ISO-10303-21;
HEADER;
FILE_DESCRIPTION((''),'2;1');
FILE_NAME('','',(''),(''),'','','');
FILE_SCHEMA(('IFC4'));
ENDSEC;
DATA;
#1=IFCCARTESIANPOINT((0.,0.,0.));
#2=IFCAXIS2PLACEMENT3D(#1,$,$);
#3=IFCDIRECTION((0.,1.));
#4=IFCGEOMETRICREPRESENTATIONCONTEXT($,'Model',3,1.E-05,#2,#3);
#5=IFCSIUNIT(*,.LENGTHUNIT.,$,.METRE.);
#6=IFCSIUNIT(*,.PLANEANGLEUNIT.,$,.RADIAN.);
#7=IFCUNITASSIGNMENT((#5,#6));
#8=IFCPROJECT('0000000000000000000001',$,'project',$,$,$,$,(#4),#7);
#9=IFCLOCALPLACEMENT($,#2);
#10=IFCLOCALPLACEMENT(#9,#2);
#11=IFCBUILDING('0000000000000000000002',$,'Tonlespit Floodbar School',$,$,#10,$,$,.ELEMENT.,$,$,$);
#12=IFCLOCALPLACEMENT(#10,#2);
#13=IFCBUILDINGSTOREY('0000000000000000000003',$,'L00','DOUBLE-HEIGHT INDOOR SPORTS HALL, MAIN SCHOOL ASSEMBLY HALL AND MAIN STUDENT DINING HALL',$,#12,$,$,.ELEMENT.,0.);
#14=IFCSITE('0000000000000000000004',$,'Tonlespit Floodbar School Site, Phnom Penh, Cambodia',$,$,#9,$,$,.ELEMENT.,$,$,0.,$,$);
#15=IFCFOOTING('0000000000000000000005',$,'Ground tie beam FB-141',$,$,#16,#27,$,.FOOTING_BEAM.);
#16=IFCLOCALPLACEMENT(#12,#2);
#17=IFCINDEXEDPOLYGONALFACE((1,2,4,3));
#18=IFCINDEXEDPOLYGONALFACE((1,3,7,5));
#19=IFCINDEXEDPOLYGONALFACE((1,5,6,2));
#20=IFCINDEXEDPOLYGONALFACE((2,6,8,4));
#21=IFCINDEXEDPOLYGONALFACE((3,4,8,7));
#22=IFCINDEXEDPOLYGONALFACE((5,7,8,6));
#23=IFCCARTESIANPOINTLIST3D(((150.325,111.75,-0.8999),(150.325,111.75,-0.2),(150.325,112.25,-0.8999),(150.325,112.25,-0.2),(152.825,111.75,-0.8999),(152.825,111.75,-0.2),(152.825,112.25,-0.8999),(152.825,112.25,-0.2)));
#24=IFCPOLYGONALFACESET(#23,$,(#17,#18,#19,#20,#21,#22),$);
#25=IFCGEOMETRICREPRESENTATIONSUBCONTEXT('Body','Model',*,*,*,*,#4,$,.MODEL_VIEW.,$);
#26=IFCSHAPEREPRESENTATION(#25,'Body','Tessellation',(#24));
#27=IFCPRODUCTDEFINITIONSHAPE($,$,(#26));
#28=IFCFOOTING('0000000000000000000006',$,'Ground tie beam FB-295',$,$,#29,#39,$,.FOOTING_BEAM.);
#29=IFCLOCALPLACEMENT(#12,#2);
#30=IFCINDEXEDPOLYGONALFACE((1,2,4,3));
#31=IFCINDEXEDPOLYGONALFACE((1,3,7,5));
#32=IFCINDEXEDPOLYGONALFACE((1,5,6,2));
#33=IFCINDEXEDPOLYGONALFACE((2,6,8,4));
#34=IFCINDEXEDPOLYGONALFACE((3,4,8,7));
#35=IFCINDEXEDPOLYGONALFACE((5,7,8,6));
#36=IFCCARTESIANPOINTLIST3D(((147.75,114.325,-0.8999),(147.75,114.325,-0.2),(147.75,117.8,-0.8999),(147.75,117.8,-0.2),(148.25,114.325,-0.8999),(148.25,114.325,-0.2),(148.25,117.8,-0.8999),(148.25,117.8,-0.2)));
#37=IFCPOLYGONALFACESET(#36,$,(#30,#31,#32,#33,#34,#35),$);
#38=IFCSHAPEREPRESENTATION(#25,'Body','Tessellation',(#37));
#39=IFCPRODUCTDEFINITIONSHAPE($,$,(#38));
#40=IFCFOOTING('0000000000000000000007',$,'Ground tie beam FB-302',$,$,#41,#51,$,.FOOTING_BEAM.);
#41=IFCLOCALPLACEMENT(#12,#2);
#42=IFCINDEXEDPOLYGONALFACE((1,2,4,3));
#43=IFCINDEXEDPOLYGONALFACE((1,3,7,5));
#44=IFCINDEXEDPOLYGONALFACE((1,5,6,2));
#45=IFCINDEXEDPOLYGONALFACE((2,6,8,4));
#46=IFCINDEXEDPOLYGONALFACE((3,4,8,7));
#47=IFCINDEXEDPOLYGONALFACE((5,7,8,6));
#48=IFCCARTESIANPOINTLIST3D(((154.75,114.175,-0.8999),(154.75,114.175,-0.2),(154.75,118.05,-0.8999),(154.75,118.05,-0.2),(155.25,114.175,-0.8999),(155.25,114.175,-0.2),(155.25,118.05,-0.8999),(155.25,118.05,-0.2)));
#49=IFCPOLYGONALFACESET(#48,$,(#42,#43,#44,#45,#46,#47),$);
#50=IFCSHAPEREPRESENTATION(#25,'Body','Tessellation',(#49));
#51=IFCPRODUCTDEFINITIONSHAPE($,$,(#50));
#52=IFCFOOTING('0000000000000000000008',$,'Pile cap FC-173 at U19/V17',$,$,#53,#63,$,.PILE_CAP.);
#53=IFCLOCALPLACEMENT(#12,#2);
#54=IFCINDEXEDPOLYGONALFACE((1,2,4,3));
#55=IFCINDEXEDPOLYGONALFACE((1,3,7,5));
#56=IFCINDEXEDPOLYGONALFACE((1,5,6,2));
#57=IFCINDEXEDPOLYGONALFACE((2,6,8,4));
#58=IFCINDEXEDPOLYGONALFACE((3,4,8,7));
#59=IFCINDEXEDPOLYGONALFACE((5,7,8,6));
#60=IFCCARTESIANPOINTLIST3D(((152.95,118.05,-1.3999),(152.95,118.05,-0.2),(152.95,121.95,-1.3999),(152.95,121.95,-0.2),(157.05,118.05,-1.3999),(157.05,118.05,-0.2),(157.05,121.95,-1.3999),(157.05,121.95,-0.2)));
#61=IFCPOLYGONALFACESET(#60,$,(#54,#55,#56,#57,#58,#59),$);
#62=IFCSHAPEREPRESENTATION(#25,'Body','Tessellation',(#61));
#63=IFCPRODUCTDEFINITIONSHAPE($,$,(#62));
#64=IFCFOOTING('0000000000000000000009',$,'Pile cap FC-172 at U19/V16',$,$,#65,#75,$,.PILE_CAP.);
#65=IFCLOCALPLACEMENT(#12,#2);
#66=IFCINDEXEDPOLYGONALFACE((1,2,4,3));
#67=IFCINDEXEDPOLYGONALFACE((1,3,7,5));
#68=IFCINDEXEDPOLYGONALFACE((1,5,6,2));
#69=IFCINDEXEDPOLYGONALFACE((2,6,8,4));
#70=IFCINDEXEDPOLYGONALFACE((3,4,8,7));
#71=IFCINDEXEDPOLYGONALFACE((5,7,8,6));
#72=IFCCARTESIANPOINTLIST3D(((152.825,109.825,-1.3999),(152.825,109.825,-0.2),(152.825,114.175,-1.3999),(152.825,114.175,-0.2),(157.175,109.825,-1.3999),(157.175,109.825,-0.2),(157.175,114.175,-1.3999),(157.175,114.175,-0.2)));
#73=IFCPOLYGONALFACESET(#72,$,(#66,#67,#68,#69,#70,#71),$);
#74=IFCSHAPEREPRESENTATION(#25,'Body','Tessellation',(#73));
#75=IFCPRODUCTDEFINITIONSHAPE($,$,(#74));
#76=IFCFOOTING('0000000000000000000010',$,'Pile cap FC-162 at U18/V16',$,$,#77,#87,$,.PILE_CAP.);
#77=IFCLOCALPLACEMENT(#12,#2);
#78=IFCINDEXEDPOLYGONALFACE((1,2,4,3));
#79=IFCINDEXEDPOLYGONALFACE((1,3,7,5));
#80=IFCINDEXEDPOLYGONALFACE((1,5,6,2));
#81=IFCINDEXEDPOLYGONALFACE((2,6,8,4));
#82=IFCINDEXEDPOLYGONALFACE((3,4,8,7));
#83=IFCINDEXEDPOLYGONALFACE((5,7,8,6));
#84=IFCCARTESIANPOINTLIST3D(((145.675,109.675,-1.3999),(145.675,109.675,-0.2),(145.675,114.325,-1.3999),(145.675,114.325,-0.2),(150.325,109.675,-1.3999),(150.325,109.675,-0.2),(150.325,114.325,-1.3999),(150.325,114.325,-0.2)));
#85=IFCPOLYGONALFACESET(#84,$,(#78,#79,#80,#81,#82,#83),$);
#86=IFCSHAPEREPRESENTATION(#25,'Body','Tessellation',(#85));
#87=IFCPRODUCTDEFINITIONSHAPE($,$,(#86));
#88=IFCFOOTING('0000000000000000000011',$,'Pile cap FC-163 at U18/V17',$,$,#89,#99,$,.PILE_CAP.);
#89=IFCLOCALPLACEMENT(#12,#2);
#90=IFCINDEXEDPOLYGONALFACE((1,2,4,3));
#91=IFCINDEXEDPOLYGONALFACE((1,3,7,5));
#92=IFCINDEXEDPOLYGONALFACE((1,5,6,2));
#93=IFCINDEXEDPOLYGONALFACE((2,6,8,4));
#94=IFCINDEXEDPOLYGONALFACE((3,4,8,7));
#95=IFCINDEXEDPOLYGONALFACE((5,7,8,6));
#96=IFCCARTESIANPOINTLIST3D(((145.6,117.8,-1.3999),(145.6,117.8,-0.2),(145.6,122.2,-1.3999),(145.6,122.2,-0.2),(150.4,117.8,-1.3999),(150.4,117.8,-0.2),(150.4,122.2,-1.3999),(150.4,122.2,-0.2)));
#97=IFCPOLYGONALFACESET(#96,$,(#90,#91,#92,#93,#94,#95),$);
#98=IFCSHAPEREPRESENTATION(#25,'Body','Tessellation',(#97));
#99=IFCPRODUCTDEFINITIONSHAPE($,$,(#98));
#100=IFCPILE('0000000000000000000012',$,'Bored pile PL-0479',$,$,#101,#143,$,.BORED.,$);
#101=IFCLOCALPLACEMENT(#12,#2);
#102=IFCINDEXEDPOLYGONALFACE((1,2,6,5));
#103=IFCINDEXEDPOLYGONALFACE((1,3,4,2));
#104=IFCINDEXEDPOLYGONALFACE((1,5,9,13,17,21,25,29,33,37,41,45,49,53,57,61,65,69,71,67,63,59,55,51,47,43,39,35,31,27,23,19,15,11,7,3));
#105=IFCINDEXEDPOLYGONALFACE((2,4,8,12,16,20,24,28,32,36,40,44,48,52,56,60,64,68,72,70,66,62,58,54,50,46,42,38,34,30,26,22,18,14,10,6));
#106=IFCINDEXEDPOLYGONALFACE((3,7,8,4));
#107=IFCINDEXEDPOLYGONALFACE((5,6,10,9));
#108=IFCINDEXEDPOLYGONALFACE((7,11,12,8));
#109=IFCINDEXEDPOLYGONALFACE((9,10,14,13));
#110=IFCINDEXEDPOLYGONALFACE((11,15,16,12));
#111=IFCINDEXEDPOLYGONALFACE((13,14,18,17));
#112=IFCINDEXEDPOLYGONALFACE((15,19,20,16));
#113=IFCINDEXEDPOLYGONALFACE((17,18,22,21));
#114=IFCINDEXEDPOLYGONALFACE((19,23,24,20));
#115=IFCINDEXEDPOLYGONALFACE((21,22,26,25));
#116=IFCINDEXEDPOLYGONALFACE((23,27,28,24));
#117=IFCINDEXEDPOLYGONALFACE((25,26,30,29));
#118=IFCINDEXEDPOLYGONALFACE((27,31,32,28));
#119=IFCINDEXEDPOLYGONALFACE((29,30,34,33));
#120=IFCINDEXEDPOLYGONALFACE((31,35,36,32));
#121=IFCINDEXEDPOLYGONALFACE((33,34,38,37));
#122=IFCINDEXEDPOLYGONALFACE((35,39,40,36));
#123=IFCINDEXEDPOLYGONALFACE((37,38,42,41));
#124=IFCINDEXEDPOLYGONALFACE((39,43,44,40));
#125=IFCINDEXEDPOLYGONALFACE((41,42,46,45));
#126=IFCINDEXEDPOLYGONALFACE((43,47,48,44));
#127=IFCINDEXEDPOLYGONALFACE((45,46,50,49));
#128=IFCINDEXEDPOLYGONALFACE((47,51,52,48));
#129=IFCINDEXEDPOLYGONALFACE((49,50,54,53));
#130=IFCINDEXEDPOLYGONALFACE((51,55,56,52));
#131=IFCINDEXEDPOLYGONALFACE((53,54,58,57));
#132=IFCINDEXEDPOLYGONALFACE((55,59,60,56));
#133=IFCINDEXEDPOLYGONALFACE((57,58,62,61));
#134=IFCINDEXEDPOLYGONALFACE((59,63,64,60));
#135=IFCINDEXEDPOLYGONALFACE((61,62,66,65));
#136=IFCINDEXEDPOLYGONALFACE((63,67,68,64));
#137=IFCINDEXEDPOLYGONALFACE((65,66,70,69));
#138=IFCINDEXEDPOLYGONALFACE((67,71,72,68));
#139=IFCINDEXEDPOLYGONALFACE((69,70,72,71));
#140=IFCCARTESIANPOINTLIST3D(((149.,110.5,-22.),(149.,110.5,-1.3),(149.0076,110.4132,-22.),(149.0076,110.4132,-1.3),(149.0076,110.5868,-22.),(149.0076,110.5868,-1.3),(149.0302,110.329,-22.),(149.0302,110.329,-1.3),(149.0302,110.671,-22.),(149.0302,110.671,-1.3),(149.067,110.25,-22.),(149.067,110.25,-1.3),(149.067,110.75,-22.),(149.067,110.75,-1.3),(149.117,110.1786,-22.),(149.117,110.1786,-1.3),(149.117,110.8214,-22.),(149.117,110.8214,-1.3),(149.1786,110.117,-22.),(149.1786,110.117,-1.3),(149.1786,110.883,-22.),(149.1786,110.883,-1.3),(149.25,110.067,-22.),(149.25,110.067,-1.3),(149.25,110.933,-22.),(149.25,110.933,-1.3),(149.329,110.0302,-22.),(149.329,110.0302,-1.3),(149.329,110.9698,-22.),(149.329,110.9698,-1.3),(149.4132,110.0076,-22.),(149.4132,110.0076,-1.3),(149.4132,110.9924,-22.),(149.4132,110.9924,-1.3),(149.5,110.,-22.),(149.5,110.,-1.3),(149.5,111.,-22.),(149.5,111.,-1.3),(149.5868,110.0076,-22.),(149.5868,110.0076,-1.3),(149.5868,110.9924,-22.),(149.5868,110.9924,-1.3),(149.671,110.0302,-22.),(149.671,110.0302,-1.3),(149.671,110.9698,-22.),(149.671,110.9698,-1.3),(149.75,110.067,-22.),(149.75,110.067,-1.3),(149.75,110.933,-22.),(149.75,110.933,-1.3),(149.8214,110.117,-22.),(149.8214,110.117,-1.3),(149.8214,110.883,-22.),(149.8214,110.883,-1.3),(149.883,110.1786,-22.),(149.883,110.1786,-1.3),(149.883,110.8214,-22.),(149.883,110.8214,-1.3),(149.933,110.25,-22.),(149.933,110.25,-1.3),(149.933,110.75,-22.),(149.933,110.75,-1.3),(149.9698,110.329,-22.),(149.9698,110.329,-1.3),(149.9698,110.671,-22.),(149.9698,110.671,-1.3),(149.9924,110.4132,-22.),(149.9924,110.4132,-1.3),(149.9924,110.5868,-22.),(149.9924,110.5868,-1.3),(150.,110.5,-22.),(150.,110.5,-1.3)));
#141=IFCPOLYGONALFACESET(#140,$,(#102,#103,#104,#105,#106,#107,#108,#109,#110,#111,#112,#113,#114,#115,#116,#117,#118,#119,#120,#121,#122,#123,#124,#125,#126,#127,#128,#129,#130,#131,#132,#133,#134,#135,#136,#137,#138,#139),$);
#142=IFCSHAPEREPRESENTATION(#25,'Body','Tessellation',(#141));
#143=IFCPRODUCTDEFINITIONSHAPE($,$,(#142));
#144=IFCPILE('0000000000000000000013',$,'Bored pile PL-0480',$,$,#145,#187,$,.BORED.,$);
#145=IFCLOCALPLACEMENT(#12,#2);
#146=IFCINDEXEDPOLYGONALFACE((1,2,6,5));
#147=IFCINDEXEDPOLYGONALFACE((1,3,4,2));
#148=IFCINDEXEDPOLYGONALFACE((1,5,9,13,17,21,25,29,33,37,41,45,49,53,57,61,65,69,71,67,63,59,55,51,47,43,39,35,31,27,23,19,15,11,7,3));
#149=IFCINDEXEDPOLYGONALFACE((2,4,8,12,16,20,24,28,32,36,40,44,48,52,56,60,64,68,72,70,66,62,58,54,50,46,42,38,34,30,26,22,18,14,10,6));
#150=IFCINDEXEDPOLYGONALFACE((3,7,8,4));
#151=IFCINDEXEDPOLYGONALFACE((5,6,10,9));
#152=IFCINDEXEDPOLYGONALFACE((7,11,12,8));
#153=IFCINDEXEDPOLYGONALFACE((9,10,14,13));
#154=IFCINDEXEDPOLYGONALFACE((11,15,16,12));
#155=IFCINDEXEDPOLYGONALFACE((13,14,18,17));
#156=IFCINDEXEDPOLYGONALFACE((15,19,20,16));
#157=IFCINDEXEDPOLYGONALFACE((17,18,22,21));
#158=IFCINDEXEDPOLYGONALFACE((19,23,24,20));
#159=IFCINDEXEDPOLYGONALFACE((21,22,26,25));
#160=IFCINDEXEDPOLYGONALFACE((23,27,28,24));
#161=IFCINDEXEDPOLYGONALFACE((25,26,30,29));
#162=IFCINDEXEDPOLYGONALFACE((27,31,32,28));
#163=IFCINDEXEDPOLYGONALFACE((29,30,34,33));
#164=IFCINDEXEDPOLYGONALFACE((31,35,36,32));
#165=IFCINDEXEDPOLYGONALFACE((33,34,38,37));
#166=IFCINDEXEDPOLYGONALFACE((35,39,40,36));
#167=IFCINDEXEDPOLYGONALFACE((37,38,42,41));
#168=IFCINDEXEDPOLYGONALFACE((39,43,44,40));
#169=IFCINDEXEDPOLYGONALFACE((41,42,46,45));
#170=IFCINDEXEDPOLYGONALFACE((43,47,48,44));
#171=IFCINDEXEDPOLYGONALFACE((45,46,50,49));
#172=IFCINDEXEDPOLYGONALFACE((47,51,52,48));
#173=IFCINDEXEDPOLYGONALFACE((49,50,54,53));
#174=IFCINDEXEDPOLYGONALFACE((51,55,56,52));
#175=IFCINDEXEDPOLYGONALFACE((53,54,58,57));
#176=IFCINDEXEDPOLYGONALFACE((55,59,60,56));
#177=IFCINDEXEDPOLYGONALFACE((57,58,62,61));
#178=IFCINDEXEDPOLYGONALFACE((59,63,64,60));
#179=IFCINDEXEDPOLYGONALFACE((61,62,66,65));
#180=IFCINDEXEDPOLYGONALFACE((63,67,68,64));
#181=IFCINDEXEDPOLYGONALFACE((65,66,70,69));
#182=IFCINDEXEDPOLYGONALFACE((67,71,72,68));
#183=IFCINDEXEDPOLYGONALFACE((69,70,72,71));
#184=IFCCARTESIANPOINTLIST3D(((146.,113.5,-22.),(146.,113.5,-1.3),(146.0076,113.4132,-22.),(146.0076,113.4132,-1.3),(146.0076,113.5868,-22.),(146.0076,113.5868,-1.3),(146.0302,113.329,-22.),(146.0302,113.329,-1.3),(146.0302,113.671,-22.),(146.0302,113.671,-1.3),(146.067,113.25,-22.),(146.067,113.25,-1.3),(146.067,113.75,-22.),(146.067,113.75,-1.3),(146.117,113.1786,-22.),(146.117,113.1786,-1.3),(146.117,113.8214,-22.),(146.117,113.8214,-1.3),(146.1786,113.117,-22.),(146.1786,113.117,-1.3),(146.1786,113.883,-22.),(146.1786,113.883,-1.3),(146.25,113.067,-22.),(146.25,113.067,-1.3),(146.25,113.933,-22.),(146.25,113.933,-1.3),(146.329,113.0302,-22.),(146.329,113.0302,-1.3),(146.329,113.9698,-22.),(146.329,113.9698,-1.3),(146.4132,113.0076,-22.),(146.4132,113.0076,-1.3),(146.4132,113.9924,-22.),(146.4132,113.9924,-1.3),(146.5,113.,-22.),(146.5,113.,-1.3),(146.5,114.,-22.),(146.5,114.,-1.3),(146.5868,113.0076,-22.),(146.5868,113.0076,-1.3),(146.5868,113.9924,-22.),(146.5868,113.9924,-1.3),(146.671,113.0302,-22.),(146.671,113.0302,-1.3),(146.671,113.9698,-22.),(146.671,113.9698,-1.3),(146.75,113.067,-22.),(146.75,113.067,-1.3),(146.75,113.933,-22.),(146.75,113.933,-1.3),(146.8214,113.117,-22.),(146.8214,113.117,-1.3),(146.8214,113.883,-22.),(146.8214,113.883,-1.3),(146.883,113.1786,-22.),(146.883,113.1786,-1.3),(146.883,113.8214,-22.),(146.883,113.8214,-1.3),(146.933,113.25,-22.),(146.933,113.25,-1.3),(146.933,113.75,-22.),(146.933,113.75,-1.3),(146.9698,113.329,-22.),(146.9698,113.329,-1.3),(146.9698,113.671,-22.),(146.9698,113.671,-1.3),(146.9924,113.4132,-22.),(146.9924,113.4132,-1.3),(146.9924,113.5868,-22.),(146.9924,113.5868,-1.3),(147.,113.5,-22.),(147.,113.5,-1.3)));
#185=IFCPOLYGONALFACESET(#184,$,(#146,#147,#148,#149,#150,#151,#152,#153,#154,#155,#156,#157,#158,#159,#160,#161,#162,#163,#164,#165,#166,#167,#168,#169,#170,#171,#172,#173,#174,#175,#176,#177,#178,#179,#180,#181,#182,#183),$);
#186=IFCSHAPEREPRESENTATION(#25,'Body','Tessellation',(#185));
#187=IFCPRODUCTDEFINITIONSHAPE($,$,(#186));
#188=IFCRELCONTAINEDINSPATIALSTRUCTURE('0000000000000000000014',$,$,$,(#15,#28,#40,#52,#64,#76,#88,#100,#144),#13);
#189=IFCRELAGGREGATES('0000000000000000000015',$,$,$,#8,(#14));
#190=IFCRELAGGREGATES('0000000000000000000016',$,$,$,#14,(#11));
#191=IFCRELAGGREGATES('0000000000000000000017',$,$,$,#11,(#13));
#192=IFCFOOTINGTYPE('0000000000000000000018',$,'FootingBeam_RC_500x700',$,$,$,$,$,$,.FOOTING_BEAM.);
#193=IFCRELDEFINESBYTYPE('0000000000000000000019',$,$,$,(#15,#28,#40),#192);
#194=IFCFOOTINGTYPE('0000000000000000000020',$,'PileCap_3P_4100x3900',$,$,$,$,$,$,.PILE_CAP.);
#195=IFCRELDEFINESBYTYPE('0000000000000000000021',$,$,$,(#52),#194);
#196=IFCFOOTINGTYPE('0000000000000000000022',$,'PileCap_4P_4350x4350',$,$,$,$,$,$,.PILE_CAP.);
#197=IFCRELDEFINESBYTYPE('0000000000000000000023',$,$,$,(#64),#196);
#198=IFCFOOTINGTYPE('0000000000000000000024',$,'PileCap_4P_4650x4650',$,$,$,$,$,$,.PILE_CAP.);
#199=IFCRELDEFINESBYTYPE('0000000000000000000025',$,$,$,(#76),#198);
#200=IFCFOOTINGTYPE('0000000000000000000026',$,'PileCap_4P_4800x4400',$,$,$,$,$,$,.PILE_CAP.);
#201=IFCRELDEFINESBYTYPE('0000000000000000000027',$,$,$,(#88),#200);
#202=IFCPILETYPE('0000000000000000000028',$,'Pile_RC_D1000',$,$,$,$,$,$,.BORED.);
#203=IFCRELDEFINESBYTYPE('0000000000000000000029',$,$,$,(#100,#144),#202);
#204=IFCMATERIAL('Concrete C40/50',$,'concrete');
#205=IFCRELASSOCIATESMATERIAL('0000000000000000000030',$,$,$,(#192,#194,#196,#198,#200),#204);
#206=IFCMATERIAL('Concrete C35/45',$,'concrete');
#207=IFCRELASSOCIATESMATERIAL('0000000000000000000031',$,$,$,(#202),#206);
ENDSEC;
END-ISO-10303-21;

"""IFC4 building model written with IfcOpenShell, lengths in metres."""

from ifc_helpers import new_model, si_unit, direction, frame, origin, origin_2d, place, context, subcontext, project, spatial, rectangle, circle, extrude, material, material_profile, profile_set, type_object, element, save


model = new_model("IFC4")

# Units and contexts
model_context = context("Model", 3, precision=1e-05, world=origin(), true_north=direction((0.0, 1.0)))
body_context = subcontext(model_context, "Body", "Model", "MODEL_VIEW")
ifc_project = project(units=[si_unit("LENGTHUNIT", "METRE"), si_unit("PLANEANGLEUNIT", "RADIAN")], contexts=[model_context])

# Site, building, storey
site_placement = place(None, origin())
site = spatial("IfcSite", under=ifc_project, at=site_placement, Name="Tonlespit Floodbar School Site, Phnom Penh, Cambodia", CompositionType="ELEMENT", RefElevation=0.0)
building_placement = place(site_placement, origin())
building = spatial("IfcBuilding", under=site, at=building_placement, Name="Tonlespit Floodbar School", CompositionType="ELEMENT")
storey_placement = place(building_placement, origin())
storey = spatial("IfcBuildingStorey", under=building, at=storey_placement, Name="L00", Description="DOUBLE-HEIGHT INDOOR SPORTS HALL, MAIN SCHOOL ASSEMBLY HALL AND MAIN STUDENT DINING HALL", CompositionType="ELEMENT", Elevation=0.0)

# Footings
ifc_material_1 = material(Name="Concrete C40/50", Category="concrete")
footing_type_1 = type_object("IfcFootingType", Name="FootingBeam_RC_500x700", PredefinedType="FOOTING_BEAM", material=ifc_material_1)
footing_1_placement = place(storey_placement, frame((151.575, 112.0, -0.8999), z_axis=(0.0, 0.0, 1.0), x_axis=(1.0, 0.0, 0.0)))
element("IfcFooting", 1, at=footing_1_placement, inside=storey, type_object=footing_type_1, Name="Ground tie beam FB-141", PredefinedType="FOOTING_BEAM", context=body_context, shape_type="SweptSolid", body=[
    extrude(rectangle(XDim=2.5, YDim=0.5, at=origin_2d()), origin(), (0.0, 0.0, 1.0), 0.7),
])
footing_2_placement = place(storey_placement, frame((148.0, 116.0625, -0.8999), z_axis=(0.0, 0.0, 1.0), x_axis=(0.0, 1.0, 0.0)))
element("IfcFooting", 2, at=footing_2_placement, inside=storey, type_object=footing_type_1, Name="Ground tie beam FB-295", PredefinedType="FOOTING_BEAM", context=body_context, shape_type="SweptSolid", body=[
    extrude(rectangle(XDim=3.4751, YDim=0.5, at=origin_2d()), origin(), (0.0, 0.0, 1.0), 0.7),
])
footing_3_placement = place(storey_placement, frame((155.0, 116.1125, -0.8999), z_axis=(0.0, 0.0, 1.0), x_axis=(0.0, 1.0, 0.0)))
element("IfcFooting", 3, at=footing_3_placement, inside=storey, type_object=footing_type_1, Name="Ground tie beam FB-302", PredefinedType="FOOTING_BEAM", context=body_context, shape_type="SweptSolid", body=[
    extrude(rectangle(XDim=3.875, YDim=0.5, at=origin_2d()), origin(), (0.0, 0.0, 1.0), 0.7),
])
footing_type_2 = type_object("IfcFootingType", Name="PileCap_3P_4100x3900", PredefinedType="PILE_CAP", material=ifc_material_1)
footing_4_placement = place(storey_placement, frame((155.0, 120.0, -1.3999), z_axis=(0.0, 0.0, 1.0), x_axis=(1.0, 0.0, 0.0)))
element("IfcFooting", 4, at=footing_4_placement, inside=storey, type_object=footing_type_2, Name="Pile cap FC-173 at U19/V17", PredefinedType="PILE_CAP", context=body_context, shape_type="SweptSolid", body=[
    extrude(rectangle(XDim=4.1001, YDim=3.8999, at=origin_2d()), origin(), (0.0, 0.0, 1.0), 1.2),
])
footing_type_3 = type_object("IfcFootingType", Name="PileCap_4P_4350x4350", PredefinedType="PILE_CAP", material=ifc_material_1)
footing_5_placement = place(storey_placement, frame((155.0, 112.0, -1.3999), z_axis=(0.0, 0.0, 1.0), x_axis=(1.0, 0.0, 0.0)))
element("IfcFooting", 5, at=footing_5_placement, inside=storey, type_object=footing_type_3, Name="Pile cap FC-172 at U19/V16", PredefinedType="PILE_CAP", context=body_context, shape_type="SweptSolid", body=[
    extrude(rectangle(XDim=4.3501, YDim=4.3501, at=origin_2d()), origin(), (0.0, 0.0, 1.0), 1.2),
])
footing_type_4 = type_object("IfcFootingType", Name="PileCap_4P_4650x4650", PredefinedType="PILE_CAP", material=ifc_material_1)
footing_6_placement = place(storey_placement, frame((148.0, 112.0, -1.3999), z_axis=(0.0, 0.0, 1.0), x_axis=(1.0, 0.0, 0.0)))
element("IfcFooting", 6, at=footing_6_placement, inside=storey, type_object=footing_type_4, Name="Pile cap FC-162 at U18/V16", PredefinedType="PILE_CAP", context=body_context, shape_type="SweptSolid", body=[
    extrude(rectangle(XDim=4.6499, YDim=4.6499, at=origin_2d()), origin(), (0.0, 0.0, 1.0), 1.2),
])
footing_type_5 = type_object("IfcFootingType", Name="PileCap_4P_4800x4400", PredefinedType="PILE_CAP", material=ifc_material_1)
footing_7_placement = place(storey_placement, frame((148.0, 120.0, -1.3999), z_axis=(0.0, 0.0, 1.0), x_axis=(1.0, 0.0, 0.0)))
element("IfcFooting", 7, at=footing_7_placement, inside=storey, type_object=footing_type_5, Name="Pile cap FC-163 at U18/V17", PredefinedType="PILE_CAP", context=body_context, shape_type="SweptSolid", body=[
    extrude(rectangle(XDim=4.8, YDim=4.3999, at=origin_2d()), origin(), (0.0, 0.0, 1.0), 1.2),
])

# Piles
ifc_material_2 = material(Name="Concrete C35/45", Category="concrete")
ifc_material_profile_1 = material_profile(ifc_material_2, circle(Radius=0.5, at=origin_2d()), Name="BP D1000")
ifc_profile_set_1 = profile_set([ifc_material_profile_1], Name="Concrete C35/45")
pile_type_1 = type_object("IfcPileType", Name="Pile_RC_D1000", PredefinedType="BORED", material=ifc_profile_set_1)
for number, where, z_axis, x_axis, name in (
    (8, (149.5, 110.5, -1.3), (0.0, 0.0, -1.0), (1.0, 0.0, 0.0), "Bored pile PL-0479"),
    (9, (146.5, 113.5, -1.3), (0.0, 0.0, -1.0), (1.0, 0.0, 0.0), "Bored pile PL-0480"),
):
    element("IfcPile", number, at=place(storey_placement, frame(where, z_axis=z_axis, x_axis=x_axis)), inside=storey, type_object=pile_type_1, Name=name, PredefinedType="BORED", context=body_context, shape_type="SweptSolid", body=[
        extrude(circle(Radius=0.5, at=origin_2d()), origin(), (0.0, 0.0, 1.0), 20.7),
    ])

save(model, "model.ifc")
